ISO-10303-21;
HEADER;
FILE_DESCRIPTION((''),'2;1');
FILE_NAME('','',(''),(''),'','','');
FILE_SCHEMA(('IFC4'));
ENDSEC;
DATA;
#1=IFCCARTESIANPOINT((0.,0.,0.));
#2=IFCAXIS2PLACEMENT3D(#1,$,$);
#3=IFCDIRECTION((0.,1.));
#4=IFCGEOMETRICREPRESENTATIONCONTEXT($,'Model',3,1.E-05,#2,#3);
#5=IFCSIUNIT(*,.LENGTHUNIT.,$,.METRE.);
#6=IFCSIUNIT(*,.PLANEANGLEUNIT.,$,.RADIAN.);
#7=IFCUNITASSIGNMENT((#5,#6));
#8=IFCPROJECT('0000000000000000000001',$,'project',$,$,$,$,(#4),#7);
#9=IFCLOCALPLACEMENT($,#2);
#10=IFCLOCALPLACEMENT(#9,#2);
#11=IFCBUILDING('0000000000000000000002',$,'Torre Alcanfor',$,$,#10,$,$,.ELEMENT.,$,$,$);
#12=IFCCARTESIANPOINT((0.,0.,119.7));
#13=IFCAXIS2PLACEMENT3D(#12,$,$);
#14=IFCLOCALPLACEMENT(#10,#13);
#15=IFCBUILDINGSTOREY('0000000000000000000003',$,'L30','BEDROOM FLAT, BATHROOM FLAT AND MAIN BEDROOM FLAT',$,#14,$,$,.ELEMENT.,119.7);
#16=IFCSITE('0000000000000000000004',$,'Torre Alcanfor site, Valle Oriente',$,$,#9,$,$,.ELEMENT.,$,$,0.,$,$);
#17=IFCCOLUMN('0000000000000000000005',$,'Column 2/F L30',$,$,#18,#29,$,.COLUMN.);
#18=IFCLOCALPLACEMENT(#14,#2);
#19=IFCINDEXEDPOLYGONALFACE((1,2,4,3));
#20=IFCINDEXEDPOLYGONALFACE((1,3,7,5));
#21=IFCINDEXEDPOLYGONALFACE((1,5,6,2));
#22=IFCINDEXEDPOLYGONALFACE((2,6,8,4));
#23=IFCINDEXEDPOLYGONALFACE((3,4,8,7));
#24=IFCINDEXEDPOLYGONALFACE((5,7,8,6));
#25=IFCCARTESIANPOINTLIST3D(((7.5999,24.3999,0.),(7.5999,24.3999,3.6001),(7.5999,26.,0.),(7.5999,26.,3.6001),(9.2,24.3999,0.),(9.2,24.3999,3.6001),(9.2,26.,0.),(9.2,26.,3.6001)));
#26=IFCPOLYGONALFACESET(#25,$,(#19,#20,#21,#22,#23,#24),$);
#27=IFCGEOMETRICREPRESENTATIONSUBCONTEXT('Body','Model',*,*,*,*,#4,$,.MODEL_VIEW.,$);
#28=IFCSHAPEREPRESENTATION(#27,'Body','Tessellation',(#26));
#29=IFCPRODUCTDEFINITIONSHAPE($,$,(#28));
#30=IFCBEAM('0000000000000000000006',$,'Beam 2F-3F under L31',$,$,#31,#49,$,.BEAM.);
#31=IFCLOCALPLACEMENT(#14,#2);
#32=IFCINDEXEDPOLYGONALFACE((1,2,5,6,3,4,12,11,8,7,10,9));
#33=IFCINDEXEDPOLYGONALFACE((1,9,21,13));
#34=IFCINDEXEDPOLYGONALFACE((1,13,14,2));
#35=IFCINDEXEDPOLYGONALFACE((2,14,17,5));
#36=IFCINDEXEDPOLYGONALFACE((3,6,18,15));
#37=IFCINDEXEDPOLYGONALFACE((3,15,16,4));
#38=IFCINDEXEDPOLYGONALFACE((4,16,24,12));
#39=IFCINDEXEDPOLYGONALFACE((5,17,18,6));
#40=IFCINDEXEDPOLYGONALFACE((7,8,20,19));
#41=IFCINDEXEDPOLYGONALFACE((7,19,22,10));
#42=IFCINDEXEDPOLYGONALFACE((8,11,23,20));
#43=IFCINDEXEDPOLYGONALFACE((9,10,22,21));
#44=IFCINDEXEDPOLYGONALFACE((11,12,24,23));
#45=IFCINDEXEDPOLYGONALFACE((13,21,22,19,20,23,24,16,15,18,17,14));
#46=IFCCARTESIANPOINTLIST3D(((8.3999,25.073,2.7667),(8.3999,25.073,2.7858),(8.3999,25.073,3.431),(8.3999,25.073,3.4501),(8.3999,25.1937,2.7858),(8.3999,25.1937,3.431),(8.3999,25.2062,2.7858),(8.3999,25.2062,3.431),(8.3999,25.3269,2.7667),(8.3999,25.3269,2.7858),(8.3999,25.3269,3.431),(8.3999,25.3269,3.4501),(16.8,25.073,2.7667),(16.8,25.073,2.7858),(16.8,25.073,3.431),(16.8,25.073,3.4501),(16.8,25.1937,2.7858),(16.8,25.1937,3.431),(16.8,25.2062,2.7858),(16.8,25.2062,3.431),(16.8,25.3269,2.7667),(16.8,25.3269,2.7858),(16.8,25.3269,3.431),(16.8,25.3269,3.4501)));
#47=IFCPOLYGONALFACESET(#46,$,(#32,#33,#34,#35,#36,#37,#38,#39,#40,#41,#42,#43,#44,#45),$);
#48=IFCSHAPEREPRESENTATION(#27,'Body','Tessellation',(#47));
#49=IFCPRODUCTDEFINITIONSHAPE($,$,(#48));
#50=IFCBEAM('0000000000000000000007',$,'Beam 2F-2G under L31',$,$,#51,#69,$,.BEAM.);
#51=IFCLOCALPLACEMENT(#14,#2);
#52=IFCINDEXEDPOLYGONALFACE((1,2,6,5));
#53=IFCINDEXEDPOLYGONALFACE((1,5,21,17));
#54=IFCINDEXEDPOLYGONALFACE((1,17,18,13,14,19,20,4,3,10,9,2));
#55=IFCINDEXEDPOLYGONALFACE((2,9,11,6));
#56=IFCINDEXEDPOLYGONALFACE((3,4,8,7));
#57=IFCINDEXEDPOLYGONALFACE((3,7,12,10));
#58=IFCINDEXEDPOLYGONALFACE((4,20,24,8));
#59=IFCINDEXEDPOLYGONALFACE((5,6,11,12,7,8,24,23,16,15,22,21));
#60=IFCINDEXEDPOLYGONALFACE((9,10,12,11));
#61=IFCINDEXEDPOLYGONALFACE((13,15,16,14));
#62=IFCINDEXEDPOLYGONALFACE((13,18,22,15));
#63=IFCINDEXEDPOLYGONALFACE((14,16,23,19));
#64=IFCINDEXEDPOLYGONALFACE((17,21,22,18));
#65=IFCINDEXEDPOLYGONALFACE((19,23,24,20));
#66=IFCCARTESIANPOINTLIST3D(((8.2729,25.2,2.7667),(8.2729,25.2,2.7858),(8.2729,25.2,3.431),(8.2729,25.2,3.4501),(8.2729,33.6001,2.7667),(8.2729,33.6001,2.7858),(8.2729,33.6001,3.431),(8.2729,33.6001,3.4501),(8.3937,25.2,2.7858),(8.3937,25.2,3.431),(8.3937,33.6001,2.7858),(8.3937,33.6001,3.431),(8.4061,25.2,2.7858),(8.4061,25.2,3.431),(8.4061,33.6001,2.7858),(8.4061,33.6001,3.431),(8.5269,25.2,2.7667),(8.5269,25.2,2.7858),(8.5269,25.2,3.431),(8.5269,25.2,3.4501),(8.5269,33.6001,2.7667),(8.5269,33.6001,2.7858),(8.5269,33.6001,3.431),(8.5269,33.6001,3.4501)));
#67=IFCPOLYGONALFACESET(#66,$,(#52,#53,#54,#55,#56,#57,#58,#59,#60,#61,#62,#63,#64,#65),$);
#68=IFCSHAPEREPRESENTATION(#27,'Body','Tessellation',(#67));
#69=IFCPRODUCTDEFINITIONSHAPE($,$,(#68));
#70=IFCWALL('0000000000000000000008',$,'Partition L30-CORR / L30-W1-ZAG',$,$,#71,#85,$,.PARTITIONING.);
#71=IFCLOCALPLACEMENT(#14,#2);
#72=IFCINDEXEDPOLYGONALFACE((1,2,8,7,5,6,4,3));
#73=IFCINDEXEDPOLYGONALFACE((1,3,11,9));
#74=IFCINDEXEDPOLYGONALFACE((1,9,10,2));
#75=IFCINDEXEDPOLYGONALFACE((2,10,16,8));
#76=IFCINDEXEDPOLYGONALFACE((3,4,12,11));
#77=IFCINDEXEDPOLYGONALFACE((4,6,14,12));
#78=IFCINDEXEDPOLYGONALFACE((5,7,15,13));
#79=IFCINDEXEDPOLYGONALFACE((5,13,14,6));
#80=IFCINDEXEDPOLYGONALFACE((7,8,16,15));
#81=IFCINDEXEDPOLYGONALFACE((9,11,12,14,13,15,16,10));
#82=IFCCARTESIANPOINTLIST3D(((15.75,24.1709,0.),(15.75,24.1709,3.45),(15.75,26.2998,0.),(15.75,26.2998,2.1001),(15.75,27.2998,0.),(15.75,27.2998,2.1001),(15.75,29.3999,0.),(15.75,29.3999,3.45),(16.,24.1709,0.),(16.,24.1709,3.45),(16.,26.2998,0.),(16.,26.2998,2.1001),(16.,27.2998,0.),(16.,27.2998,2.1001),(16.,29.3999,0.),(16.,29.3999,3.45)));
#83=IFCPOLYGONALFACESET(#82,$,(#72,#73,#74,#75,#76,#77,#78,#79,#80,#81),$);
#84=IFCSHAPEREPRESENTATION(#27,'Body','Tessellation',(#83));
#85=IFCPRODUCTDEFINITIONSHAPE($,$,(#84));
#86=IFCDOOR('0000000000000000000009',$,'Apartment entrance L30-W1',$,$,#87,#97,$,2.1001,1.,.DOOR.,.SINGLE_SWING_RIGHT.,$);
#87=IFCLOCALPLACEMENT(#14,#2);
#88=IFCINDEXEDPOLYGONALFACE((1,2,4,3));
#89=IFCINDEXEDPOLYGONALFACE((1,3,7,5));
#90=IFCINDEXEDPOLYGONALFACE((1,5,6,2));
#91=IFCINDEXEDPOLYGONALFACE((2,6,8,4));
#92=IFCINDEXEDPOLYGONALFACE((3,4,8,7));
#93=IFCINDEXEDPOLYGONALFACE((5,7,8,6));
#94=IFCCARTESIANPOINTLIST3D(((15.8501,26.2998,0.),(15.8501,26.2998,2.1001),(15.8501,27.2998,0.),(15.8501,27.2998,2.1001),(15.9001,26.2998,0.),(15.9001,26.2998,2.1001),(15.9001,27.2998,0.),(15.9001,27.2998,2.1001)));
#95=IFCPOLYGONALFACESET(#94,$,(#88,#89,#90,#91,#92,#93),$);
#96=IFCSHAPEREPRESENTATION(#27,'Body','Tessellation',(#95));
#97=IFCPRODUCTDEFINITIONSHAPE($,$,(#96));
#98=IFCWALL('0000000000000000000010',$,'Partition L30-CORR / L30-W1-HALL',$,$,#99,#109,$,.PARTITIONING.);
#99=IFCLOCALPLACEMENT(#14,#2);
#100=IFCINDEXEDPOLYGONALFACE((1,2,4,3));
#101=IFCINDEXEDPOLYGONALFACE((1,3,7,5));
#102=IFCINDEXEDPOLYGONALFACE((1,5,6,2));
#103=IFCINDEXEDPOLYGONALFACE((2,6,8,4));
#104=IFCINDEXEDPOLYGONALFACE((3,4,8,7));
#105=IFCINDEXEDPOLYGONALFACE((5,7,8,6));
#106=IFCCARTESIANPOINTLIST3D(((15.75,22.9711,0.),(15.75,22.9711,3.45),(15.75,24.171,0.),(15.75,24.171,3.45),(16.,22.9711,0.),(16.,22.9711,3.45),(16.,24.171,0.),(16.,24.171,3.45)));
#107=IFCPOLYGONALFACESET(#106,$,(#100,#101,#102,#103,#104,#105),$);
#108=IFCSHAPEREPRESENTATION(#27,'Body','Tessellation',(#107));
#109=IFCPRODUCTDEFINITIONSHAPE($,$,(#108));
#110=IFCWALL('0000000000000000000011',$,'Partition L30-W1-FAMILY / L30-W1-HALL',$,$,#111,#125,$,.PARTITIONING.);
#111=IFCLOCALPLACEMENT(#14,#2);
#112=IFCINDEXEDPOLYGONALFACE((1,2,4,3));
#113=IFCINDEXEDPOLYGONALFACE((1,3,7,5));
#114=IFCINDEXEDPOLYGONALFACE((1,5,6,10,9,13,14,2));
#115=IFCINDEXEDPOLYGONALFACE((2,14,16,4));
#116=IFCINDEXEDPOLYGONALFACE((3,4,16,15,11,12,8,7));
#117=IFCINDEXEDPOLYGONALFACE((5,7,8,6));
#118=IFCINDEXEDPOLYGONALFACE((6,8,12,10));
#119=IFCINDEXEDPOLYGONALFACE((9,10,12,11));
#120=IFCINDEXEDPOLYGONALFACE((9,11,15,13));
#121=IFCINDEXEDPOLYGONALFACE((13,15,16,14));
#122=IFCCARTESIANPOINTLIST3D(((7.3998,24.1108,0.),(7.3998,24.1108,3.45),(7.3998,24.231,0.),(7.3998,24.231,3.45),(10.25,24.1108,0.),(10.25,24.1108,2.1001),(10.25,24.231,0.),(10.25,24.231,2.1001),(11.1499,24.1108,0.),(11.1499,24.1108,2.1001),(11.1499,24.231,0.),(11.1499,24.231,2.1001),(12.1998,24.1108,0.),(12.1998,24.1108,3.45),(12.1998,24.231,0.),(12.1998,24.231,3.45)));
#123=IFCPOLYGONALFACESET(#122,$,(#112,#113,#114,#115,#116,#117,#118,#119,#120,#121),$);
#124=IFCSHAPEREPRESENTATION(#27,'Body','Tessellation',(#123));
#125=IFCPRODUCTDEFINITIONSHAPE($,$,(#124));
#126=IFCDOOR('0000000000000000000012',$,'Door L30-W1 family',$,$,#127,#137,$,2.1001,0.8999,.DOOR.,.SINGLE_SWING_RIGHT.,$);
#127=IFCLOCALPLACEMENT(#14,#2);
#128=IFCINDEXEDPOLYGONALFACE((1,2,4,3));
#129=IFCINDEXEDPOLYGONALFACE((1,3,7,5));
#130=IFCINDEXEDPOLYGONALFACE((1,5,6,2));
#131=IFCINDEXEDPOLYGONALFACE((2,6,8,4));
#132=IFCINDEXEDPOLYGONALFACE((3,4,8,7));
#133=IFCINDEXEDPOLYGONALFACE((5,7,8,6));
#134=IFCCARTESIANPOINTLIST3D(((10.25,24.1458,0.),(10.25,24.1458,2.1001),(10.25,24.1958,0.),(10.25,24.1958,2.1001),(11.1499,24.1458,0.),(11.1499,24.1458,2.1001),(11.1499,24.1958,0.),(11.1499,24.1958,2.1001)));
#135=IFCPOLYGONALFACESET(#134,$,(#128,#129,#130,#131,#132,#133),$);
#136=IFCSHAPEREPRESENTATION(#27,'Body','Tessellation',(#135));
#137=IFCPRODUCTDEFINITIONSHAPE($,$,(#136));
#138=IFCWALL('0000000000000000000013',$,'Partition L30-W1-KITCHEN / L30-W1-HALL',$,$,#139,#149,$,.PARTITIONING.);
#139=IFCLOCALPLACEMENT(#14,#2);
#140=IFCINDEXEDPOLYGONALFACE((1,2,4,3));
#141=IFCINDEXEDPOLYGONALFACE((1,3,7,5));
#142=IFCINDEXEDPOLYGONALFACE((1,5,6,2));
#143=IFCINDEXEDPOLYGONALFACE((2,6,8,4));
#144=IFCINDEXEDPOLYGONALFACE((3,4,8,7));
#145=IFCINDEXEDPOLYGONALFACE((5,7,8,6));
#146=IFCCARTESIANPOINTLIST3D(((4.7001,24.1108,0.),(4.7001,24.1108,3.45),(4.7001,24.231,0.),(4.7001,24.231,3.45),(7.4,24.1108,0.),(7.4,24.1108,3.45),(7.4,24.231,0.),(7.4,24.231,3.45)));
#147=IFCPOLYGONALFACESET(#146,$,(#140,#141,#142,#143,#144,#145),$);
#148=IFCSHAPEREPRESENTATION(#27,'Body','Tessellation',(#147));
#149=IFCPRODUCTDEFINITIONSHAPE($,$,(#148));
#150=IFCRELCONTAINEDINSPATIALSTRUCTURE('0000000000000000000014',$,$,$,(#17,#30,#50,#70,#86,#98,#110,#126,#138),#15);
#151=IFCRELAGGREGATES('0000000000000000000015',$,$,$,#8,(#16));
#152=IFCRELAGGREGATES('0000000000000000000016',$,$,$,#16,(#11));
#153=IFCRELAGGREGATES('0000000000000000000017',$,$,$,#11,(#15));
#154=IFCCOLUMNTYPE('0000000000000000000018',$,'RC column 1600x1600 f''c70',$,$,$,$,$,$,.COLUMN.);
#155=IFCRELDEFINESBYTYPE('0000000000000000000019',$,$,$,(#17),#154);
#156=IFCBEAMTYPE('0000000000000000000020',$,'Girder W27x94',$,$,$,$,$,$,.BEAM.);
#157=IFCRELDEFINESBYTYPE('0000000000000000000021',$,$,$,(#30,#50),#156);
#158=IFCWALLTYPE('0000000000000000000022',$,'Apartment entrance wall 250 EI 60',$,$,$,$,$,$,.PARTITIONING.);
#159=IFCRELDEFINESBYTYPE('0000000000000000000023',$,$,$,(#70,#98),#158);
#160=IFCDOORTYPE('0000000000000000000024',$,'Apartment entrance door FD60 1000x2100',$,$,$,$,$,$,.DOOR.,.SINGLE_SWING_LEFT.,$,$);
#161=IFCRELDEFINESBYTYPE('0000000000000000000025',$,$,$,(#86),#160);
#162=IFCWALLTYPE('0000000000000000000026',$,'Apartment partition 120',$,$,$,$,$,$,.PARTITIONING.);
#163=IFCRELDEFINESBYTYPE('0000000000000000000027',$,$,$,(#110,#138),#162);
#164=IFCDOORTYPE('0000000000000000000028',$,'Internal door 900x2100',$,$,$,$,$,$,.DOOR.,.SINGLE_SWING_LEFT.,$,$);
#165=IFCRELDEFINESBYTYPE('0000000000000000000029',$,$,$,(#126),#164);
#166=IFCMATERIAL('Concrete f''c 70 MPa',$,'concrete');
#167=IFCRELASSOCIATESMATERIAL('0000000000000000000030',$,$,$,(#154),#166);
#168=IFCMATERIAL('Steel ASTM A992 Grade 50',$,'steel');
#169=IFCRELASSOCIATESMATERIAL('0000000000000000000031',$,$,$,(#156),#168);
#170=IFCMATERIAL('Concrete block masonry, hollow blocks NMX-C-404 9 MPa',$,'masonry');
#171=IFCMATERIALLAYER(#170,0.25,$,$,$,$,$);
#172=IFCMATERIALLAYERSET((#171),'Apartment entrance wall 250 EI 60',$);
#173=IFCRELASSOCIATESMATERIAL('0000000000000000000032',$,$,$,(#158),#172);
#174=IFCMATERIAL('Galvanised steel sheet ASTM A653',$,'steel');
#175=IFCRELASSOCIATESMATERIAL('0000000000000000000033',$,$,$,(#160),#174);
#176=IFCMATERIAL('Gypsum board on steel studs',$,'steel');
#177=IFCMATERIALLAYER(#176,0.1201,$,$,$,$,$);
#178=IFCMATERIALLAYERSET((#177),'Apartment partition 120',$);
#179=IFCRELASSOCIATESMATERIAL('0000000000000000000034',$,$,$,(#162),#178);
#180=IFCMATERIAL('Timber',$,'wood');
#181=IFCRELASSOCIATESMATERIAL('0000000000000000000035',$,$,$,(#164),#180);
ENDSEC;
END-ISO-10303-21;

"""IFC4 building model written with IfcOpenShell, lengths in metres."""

from ifc_helpers import new_model, si_unit, direction, frame, frame_2d, origin, origin_2d, place, context, subcontext, project, spatial, rectangle, i_section, extrude, material, layer, layer_set, material_profile, profile_set, type_object, element, fill, save


model = new_model("IFC4")

# Units and contexts
model_context = context("Model", 3, precision=1e-05, world=origin(), true_north=direction((0.0, 1.0)))
body_context = subcontext(model_context, "Body", "Model", "MODEL_VIEW")
ifc_project = project(units=[si_unit("LENGTHUNIT", "METRE"), si_unit("PLANEANGLEUNIT", "RADIAN")], contexts=[model_context])

# Site, building, storey
site_placement = place(None, origin())
site = spatial("IfcSite", under=ifc_project, at=site_placement, Name="Torre Alcanfor site, Valle Oriente", CompositionType="ELEMENT", RefElevation=0.0)
building_placement = place(site_placement, origin())
building = spatial("IfcBuilding", under=site, at=building_placement, Name="Torre Alcanfor", CompositionType="ELEMENT")
storey_placement = place(building_placement, frame((0.0, 0.0, 119.7)))
storey = spatial("IfcBuildingStorey", under=building, at=storey_placement, Name="L30", Description="BEDROOM FLAT, BATHROOM FLAT AND MAIN BEDROOM FLAT", CompositionType="ELEMENT", Elevation=119.7)

# Column
ifc_material_1 = material(Name="Concrete f'c 70 MPa", Category="concrete")
ifc_material_profile_1 = material_profile(ifc_material_1, rectangle(XDim=1.6001, YDim=1.6001, at=origin_2d()), Name="1600x1600")
ifc_profile_set_1 = profile_set([ifc_material_profile_1], Name="Concrete f'c 70 MPa")
column_type = type_object("IfcColumnType", Name="RC column 1600x1600 f'c70", PredefinedType="COLUMN", material=ifc_profile_set_1)
column_placement = place(storey_placement, frame((8.3999, 25.2, 0.0), z_axis=(0.0, 0.0, 1.0), x_axis=(1.0, 0.0, 0.0)))
element("IfcColumn", 1, at=column_placement, inside=storey, type_object=column_type, Name="Column 2/F L30", PredefinedType="COLUMN", context=body_context, shape_type="SweptSolid", body=[
    extrude(rectangle(XDim=1.6001, YDim=1.6001, at=origin_2d()), origin(), (0.0, 0.0, 1.0), 3.6001),
])

# Beams
ifc_material_2 = material(Name="Steel ASTM A992 Grade 50", Category="steel")
ifc_material_profile_2 = material_profile(ifc_material_2, i_section(OverallWidth=0.2539, OverallDepth=0.6833, WebThickness=0.0125, FlangeThickness=0.019, at=origin_2d()), Name="W27x94")
ifc_profile_set_2 = profile_set([ifc_material_profile_2], Name="Steel ASTM A992 Grade 50")
beam_type = type_object("IfcBeamType", Name="Girder W27x94", PredefinedType="BEAM", material=ifc_profile_set_2)
for number, where, z_axis, x_axis, name in (
    (2, (8.3999, 25.2, 3.1084), (1.0, 0.0, 0.0), (0.0, 1.0, 0.0), "Beam 2F-3F under L31"),
    (3, (8.3999, 25.2, 3.1084), (0.0, 1.0, 0.0), (-1.0, 0.0, 0.0), "Beam 2F-2G under L31"),
):
    element("IfcBeam", number, at=place(storey_placement, frame(where, z_axis=z_axis, x_axis=x_axis)), inside=storey, type_object=beam_type, Name=name, PredefinedType="BEAM", context=body_context, shape_type="SweptSolid", body=[
        extrude(i_section(OverallWidth=0.2539, OverallDepth=0.6833, WebThickness=0.0125, FlangeThickness=0.019, at=origin_2d()), origin(), (0.0, 0.0, 1.0), 8.4001),
    ])

# Wall, opening, door
ifc_material_3 = material(Name="Concrete block masonry, hollow blocks NMX-C-404 9 MPa", Category="masonry")
ifc_layer_1 = layer(ifc_material_3, 0.25)
ifc_layer_set_1 = layer_set([ifc_layer_1], Name="Apartment entrance wall 250 EI 60")
wall_type_1 = type_object("IfcWallType", Name="Apartment entrance wall 250 EI 60", PredefinedType="PARTITIONING", material=ifc_layer_set_1)
wall_1_placement = place(storey_placement, frame((15.875, 24.1709, 0.0), z_axis=(0.0, 0.0, 1.0), x_axis=(0.0, 1.0, 0.0)))
wall_1 = element("IfcWall", 4, at=wall_1_placement, inside=storey, type_object=wall_type_1, Name="Partition L30-CORR / L30-W1-ZAG", PredefinedType="PARTITIONING", context=body_context, shape_type="SweptSolid", body=[
    extrude(rectangle(XDim=5.229, YDim=0.25, at=frame_2d((2.6145, 0.0))), origin(), (0.0, 0.0, 1.0), 3.45),
])
opening_1_placement = place(wall_1_placement, frame((2.1289, 0.0, 0.0)))
opening_1 = element("IfcOpeningElement", 5, at=opening_1_placement, cuts=wall_1, PredefinedType="OPENING", context=body_context, shape_type="SweptSolid", body=[
    extrude(rectangle(XDim=1.0, YDim=2.1001, at=frame_2d((0.5, 1.05))), frame((0.0, 0.135, 0.0), z_axis=(0.0, -1.0, 0.0), x_axis=(1.0, 0.0, 0.0)), (0.0, 0.0, 1.0), 0.27),
])
ifc_material_4 = material(Name="Galvanised steel sheet ASTM A653", Category="steel")
door_type_1 = type_object("IfcDoorType", Name="Apartment entrance door FD60 1000x2100", OperationType="SINGLE_SWING_LEFT", PredefinedType="DOOR", material=ifc_material_4)
door_1_placement = place(opening_1_placement, origin())
door_1 = element("IfcDoor", 6, at=door_1_placement, inside=storey, type_object=door_type_1, Name="Apartment entrance L30-W1", OperationType="SINGLE_SWING_RIGHT", OverallHeight=2.1001, OverallWidth=1.0, PredefinedType="DOOR", context=body_context, shape_type="SweptSolid", body=[
    extrude(rectangle(XDim=1.0, YDim=2.1001, at=frame_2d((0.5, 1.05))), frame((0.0, 0.0249, 0.0), z_axis=(0.0, -1.0, 0.0), x_axis=(1.0, 0.0, 0.0)), (0.0, 0.0, 1.0), 0.05),
])
fill(opening_1, door_1)

# Wall
wall_2_placement = place(storey_placement, frame((15.875, 22.9709, 0.0), z_axis=(0.0, 0.0, 1.0), x_axis=(0.0, 1.0, 0.0)))
element("IfcWall", 7, at=wall_2_placement, inside=storey, type_object=wall_type_1, Name="Partition L30-CORR / L30-W1-HALL", PredefinedType="PARTITIONING", context=body_context, shape_type="SweptSolid", body=[
    extrude(rectangle(XDim=1.2, YDim=0.25, at=frame_2d((0.6001, 0.0))), origin(), (0.0, 0.0, 1.0), 3.45),
])

# Wall, opening, door
ifc_material_5 = material(Name="Gypsum board on steel studs", Category="steel")
ifc_layer_2 = layer(ifc_material_5, 0.1201)
ifc_layer_set_2 = layer_set([ifc_layer_2], Name="Apartment partition 120")
wall_type_2 = type_object("IfcWallType", Name="Apartment partition 120", PredefinedType="PARTITIONING", material=ifc_layer_set_2)
wall_3_placement = place(storey_placement, frame((7.3999, 24.1709, 0.0), z_axis=(0.0, 0.0, 1.0), x_axis=(1.0, 0.0, 0.0)))
wall_3 = element("IfcWall", 8, at=wall_3_placement, inside=storey, type_object=wall_type_2, Name="Partition L30-W1-FAMILY / L30-W1-HALL", PredefinedType="PARTITIONING", context=body_context, shape_type="SweptSolid", body=[
    extrude(rectangle(XDim=4.8, YDim=0.1201, at=frame_2d((2.3999, 0.0))), origin(), (0.0, 0.0, 1.0), 3.45),
])
opening_2_placement = place(wall_3_placement, frame((2.8501, 0.0, 0.0)))
opening_2 = element("IfcOpeningElement", 9, at=opening_2_placement, cuts=wall_3, PredefinedType="OPENING", context=body_context, shape_type="SweptSolid", body=[
    extrude(rectangle(XDim=0.8999, YDim=2.1001, at=frame_2d((0.45, 1.05))), frame((0.0, 0.0701, 0.0), z_axis=(0.0, -1.0, 0.0), x_axis=(1.0, 0.0, 0.0)), (0.0, 0.0, 1.0), 0.1401),
])
ifc_material_6 = material(Name="Timber", Category="wood")
door_type_2 = type_object("IfcDoorType", Name="Internal door 900x2100", OperationType="SINGLE_SWING_LEFT", PredefinedType="DOOR", material=ifc_material_6)
door_2_placement = place(opening_2_placement, origin())
door_2 = element("IfcDoor", 10, at=door_2_placement, inside=storey, type_object=door_type_2, Name="Door L30-W1 family", OperationType="SINGLE_SWING_RIGHT", OverallHeight=2.1001, OverallWidth=0.8999, PredefinedType="DOOR", context=body_context, shape_type="SweptSolid", body=[
    extrude(rectangle(XDim=0.8999, YDim=2.1001, at=frame_2d((0.45, 1.05))), frame((0.0, 0.0249, 0.0), z_axis=(0.0, -1.0, 0.0), x_axis=(1.0, 0.0, 0.0)), (0.0, 0.0, 1.0), 0.05),
])
fill(opening_2, door_2)

# Wall
wall_4_placement = place(storey_placement, frame((4.7, 24.1709, 0.0), z_axis=(0.0, 0.0, 1.0), x_axis=(1.0, 0.0, 0.0)))
element("IfcWall", 11, at=wall_4_placement, inside=storey, type_object=wall_type_2, Name="Partition L30-W1-KITCHEN / L30-W1-HALL", PredefinedType="PARTITIONING", context=body_context, shape_type="SweptSolid", body=[
    extrude(rectangle(XDim=2.7, YDim=0.1201, at=frame_2d((1.3501, 0.0))), origin(), (0.0, 0.0, 1.0), 3.45),
])

save(model, "model.ifc")
